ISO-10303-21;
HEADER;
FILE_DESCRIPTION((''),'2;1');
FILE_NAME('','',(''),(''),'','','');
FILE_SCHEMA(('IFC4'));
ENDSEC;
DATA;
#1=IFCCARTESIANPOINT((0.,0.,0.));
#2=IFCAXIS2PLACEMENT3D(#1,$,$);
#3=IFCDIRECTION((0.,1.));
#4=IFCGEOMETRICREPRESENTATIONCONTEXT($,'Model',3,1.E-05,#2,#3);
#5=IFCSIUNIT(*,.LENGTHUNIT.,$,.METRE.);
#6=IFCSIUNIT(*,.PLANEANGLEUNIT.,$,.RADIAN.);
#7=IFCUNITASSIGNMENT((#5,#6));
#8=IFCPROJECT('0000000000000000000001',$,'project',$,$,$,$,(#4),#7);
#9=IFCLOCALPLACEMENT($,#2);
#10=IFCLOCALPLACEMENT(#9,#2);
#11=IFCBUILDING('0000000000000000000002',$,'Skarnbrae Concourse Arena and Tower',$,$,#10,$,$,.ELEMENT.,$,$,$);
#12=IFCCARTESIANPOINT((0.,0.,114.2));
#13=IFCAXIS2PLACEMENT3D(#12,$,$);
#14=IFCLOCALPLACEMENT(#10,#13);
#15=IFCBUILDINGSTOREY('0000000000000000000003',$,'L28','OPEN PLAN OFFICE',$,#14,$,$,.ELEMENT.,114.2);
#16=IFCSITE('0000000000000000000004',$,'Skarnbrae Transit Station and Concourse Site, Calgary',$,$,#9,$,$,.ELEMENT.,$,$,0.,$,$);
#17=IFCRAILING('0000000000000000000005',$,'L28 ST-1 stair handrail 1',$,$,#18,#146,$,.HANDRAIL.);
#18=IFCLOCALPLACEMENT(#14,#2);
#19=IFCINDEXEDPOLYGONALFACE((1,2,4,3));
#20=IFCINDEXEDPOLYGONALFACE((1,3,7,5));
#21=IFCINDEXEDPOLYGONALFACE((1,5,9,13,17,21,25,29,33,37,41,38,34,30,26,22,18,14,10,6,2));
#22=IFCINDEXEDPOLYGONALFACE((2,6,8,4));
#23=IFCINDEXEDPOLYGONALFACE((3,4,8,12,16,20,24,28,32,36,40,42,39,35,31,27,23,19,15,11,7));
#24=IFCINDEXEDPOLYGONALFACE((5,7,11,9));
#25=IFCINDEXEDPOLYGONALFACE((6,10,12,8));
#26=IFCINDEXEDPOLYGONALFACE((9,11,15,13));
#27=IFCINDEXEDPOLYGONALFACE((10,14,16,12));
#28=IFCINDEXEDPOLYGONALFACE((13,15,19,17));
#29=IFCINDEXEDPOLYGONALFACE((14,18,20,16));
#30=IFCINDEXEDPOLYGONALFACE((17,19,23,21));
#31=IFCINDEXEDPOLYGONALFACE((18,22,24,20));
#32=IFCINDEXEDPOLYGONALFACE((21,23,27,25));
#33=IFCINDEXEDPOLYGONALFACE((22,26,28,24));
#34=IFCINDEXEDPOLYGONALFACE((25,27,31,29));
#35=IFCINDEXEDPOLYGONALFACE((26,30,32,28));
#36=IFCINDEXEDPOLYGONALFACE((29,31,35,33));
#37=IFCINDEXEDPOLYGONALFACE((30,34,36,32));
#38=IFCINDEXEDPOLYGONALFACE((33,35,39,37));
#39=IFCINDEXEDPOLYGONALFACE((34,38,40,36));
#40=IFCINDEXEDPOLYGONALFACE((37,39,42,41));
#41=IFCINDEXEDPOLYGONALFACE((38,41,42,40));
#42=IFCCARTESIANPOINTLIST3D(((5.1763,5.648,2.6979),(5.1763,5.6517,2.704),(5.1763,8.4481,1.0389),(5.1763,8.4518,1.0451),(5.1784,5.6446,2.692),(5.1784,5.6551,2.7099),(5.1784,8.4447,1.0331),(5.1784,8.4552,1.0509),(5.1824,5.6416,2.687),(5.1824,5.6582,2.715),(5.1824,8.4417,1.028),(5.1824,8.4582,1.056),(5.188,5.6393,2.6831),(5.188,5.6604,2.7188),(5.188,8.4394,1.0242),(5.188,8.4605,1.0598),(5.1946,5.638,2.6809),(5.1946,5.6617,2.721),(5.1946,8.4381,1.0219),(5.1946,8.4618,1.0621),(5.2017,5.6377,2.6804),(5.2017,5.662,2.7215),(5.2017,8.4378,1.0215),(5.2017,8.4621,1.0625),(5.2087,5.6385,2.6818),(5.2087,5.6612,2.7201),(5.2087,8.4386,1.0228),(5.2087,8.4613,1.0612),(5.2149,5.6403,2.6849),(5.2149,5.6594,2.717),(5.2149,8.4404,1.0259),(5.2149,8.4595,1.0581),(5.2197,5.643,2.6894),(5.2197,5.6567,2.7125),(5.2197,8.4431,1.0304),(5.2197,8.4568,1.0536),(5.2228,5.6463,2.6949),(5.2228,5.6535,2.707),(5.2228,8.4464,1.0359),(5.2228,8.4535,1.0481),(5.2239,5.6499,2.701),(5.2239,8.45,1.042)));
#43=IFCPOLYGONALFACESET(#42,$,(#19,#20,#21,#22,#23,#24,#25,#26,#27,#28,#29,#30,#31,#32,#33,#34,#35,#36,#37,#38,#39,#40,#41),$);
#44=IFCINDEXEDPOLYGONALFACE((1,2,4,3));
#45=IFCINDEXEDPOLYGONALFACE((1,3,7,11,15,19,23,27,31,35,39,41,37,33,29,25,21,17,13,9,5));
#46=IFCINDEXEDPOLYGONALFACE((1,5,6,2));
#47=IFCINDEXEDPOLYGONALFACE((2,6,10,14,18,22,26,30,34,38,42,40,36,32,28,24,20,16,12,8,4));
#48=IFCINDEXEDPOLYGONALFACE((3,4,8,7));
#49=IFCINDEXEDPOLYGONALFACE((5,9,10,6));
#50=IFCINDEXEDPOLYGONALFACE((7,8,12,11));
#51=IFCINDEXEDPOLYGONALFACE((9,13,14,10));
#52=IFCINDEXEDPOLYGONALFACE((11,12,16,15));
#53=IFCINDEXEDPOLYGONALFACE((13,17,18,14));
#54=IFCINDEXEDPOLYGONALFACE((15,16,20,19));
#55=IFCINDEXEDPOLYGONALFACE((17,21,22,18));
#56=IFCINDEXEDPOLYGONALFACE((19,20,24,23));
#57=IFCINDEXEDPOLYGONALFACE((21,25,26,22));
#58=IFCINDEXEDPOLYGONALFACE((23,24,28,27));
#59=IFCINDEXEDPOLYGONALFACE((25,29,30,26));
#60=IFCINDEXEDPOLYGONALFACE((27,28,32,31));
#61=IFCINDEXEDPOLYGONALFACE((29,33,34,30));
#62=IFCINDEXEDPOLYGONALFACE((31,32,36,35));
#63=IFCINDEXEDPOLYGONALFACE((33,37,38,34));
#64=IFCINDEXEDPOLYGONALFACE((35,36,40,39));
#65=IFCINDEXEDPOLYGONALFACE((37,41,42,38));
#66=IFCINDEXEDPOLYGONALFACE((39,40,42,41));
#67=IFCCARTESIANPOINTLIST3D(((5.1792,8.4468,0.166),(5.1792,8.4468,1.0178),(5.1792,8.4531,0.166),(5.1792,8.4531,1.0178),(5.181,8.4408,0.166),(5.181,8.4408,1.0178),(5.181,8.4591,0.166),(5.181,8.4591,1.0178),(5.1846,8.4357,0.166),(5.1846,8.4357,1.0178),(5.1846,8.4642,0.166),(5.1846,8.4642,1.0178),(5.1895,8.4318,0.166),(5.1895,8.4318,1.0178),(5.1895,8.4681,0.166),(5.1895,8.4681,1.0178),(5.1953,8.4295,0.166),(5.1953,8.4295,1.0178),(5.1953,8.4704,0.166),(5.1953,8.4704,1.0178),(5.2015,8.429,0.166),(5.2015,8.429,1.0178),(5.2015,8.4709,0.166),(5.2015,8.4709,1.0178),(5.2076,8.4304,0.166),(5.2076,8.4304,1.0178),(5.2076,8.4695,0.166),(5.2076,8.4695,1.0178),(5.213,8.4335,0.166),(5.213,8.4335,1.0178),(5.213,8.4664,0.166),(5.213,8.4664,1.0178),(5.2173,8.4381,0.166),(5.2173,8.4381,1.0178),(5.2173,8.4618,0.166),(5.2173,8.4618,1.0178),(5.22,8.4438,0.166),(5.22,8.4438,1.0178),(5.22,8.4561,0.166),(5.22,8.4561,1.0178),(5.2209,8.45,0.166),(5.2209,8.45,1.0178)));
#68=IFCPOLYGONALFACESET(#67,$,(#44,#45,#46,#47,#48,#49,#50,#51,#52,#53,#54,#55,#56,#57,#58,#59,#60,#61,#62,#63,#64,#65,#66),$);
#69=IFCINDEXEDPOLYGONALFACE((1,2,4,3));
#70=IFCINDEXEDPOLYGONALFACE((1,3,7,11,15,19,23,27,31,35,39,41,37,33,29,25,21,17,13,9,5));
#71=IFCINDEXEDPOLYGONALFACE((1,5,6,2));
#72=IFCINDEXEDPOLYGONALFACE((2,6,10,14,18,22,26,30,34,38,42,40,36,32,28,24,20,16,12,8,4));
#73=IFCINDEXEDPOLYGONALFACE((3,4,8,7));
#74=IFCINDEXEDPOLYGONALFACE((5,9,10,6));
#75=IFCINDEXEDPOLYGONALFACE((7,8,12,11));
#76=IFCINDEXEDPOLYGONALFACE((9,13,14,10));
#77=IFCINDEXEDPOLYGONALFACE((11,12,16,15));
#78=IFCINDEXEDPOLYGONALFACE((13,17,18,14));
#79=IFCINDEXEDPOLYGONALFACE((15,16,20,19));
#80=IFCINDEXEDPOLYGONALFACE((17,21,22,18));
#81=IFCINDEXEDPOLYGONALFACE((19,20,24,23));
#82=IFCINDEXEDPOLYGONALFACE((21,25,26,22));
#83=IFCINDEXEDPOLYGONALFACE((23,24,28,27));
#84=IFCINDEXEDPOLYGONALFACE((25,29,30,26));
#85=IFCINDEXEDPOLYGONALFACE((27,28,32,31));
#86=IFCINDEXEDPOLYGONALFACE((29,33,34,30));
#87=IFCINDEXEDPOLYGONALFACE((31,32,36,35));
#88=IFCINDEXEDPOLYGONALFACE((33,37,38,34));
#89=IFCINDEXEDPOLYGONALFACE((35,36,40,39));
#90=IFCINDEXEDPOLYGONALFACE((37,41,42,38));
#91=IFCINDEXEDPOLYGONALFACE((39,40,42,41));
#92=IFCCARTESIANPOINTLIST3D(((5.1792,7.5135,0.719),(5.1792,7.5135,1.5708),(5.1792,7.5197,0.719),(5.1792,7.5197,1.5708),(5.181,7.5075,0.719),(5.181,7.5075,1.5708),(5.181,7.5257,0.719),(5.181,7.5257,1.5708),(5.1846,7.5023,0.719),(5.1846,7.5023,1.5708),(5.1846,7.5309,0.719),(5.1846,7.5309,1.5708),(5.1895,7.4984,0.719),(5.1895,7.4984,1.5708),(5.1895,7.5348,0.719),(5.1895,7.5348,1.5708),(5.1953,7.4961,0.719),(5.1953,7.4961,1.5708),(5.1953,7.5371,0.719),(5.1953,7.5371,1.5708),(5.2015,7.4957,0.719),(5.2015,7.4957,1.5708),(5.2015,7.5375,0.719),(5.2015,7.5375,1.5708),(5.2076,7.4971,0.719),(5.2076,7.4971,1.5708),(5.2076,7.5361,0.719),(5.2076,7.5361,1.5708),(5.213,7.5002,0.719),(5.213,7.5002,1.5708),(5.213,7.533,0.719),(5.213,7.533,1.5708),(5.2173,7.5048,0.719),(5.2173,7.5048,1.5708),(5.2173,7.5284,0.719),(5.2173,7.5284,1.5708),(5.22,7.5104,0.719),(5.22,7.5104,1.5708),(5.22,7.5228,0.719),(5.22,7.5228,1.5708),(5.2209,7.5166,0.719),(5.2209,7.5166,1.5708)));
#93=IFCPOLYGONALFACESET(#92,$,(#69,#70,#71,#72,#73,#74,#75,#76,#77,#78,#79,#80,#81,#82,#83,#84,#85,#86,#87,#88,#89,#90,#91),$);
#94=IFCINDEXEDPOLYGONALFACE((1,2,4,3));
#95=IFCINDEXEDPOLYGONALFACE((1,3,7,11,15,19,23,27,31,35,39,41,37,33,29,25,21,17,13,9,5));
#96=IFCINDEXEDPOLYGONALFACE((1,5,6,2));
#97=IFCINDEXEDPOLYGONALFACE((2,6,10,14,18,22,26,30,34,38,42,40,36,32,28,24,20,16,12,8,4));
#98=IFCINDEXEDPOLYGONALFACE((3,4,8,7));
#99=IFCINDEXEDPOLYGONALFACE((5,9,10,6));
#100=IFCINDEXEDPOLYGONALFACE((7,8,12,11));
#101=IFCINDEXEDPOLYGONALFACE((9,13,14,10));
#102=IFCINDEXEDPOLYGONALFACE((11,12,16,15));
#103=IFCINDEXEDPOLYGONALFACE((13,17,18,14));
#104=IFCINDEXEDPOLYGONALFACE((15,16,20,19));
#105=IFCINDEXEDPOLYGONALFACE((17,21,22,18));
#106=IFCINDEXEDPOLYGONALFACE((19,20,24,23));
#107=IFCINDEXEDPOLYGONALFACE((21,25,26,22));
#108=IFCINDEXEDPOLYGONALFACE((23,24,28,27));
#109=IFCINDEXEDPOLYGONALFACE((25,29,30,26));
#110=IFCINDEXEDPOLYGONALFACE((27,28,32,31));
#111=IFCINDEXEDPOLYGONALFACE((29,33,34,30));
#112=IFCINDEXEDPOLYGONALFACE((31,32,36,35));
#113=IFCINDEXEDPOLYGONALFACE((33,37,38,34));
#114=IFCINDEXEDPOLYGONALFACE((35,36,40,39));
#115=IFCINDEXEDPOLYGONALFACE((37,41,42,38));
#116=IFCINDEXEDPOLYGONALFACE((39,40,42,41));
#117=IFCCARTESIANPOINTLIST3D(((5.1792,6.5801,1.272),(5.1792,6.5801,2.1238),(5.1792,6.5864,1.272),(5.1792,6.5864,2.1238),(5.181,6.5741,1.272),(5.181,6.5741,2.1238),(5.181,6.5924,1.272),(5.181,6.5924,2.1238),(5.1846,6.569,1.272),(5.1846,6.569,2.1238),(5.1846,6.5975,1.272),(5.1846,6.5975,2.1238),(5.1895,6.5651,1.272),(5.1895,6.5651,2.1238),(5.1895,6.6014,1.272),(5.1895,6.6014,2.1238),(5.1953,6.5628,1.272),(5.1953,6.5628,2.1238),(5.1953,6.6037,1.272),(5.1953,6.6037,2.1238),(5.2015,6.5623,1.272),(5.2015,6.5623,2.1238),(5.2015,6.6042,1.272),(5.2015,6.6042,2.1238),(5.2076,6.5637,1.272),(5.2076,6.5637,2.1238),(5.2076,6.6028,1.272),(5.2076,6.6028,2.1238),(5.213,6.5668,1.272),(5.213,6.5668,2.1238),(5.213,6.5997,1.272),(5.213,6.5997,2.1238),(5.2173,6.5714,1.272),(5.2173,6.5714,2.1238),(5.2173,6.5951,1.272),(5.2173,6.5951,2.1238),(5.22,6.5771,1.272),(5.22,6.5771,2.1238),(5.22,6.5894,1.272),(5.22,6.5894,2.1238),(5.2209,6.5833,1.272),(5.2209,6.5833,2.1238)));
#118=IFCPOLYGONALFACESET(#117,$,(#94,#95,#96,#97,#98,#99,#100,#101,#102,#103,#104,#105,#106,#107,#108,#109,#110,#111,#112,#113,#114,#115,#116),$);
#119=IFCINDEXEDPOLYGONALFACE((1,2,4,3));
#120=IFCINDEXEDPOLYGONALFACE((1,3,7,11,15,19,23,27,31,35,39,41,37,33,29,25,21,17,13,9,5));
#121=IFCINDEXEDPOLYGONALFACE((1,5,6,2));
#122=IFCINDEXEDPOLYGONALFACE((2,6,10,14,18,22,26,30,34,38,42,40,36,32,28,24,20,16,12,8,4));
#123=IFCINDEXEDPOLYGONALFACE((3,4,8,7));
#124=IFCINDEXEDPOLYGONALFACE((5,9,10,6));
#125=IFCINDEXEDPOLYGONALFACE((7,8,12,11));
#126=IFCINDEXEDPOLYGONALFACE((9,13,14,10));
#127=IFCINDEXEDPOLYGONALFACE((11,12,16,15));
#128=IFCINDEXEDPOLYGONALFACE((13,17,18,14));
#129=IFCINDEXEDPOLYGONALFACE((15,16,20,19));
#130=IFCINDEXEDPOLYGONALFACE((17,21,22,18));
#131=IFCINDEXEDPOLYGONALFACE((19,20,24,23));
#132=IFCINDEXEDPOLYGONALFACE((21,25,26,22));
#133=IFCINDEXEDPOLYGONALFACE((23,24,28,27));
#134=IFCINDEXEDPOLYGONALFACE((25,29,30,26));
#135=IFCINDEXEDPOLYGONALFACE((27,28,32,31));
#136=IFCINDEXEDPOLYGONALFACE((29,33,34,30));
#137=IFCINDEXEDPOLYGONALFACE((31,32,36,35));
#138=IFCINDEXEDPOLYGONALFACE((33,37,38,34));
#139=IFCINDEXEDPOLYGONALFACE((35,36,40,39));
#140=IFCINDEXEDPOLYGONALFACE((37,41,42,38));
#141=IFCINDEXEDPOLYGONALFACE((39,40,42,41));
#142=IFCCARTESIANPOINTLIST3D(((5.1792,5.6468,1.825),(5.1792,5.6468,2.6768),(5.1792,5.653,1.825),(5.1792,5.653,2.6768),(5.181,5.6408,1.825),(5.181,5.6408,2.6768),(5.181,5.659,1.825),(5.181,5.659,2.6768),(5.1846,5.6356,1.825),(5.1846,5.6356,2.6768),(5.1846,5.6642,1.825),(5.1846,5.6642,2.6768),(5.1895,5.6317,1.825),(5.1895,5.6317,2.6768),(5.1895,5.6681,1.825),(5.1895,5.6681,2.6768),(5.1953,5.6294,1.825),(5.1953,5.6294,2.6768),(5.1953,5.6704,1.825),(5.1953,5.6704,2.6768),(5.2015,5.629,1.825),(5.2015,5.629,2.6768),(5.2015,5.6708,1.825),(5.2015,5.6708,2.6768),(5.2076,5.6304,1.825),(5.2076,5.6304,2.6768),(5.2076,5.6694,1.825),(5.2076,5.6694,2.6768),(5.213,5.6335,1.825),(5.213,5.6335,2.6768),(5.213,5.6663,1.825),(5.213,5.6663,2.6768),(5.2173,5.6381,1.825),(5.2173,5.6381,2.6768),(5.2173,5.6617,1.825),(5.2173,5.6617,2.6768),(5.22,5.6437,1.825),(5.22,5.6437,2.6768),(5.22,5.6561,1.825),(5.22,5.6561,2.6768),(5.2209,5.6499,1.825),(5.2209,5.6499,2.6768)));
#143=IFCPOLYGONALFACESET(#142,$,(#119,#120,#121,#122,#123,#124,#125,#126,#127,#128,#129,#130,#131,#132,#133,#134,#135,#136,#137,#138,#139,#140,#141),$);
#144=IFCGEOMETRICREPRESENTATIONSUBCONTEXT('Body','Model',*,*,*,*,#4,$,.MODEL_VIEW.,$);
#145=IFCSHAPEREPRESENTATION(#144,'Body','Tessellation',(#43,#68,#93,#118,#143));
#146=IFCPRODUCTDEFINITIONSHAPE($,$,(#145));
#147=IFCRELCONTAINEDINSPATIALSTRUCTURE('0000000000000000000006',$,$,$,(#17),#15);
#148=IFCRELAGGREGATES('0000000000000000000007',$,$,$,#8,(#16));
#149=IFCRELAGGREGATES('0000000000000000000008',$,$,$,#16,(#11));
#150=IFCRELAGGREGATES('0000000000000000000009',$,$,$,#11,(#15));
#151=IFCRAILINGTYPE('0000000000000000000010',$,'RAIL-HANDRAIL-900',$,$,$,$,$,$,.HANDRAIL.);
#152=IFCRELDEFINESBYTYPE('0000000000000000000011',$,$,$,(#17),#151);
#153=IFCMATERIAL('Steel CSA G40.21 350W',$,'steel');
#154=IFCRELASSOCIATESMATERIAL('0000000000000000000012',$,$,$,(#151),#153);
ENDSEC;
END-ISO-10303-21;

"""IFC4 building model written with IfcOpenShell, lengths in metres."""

from ifc_helpers import new_model, si_unit, direction, frame, origin, origin_2d, place, context, subcontext, project, spatial, circle, extrude, material, type_object, element, save


model = new_model("IFC4")

# Units and contexts
model_context = context("Model", 3, precision=1e-05, world=origin(), true_north=direction((0.0, 1.0)))
body_context = subcontext(model_context, "Body", "Model", "MODEL_VIEW")
ifc_project = project(units=[si_unit("LENGTHUNIT", "METRE"), si_unit("PLANEANGLEUNIT", "RADIAN")], contexts=[model_context])

# Site, building, storey
site_placement = place(None, origin())
site = spatial("IfcSite", under=ifc_project, at=site_placement, Name="Skarnbrae Transit Station and Concourse Site, Calgary", CompositionType="ELEMENT", RefElevation=0.0)
building_placement = place(site_placement, origin())
building = spatial("IfcBuilding", under=site, at=building_placement, Name="Skarnbrae Concourse Arena and Tower", CompositionType="ELEMENT")
storey_placement = place(building_placement, frame((0.0, 0.0, 114.2)))
storey = spatial("IfcBuildingStorey", under=building, at=storey_placement, Name="L28", Description="OPEN PLAN OFFICE", CompositionType="ELEMENT", Elevation=114.2)

# Railing
ifc_material_1 = material(Name="Steel CSA G40.21 350W", Category="steel")
railing_type_1 = type_object("IfcRailingType", Name="RAIL-HANDRAIL-900", PredefinedType="HANDRAIL", material=ifc_material_1)
railing_1_placement = place(storey_placement, frame((5.2, 8.45, 0.166)))
element("IfcRailing", 1, at=railing_1_placement, inside=storey, type_object=railing_type_1, Name="L28 ST-1 stair handrail 1", PredefinedType="HANDRAIL", context=body_context, shape_type="SweptSolid", body=[
    extrude(circle(Radius=0.0239, at=origin_2d()), frame((0.0, 0.0, 0.876), z_axis=(0.0, -0.860339, 0.509722), x_axis=(1.0, 0.0, 0.0)), (0.0, 0.0, 1.0), 3.2546),
    extrude(circle(Radius=0.021, at=origin_2d()), origin(), (0.0, 0.0, 1.0), 0.8518),
    extrude(circle(Radius=0.021, at=origin_2d()), frame((0.0, -0.9333, 0.553)), (0.0, 0.0, 1.0), 0.8518),
    extrude(circle(Radius=0.021, at=origin_2d()), frame((0.0, -1.8667, 1.106)), (0.0, 0.0, 1.0), 0.8518),
    extrude(circle(Radius=0.021, at=origin_2d()), frame((0.0, -2.8, 1.6589)), (0.0, 0.0, 1.0), 0.8518),
])

save(model, "model.ifc")
